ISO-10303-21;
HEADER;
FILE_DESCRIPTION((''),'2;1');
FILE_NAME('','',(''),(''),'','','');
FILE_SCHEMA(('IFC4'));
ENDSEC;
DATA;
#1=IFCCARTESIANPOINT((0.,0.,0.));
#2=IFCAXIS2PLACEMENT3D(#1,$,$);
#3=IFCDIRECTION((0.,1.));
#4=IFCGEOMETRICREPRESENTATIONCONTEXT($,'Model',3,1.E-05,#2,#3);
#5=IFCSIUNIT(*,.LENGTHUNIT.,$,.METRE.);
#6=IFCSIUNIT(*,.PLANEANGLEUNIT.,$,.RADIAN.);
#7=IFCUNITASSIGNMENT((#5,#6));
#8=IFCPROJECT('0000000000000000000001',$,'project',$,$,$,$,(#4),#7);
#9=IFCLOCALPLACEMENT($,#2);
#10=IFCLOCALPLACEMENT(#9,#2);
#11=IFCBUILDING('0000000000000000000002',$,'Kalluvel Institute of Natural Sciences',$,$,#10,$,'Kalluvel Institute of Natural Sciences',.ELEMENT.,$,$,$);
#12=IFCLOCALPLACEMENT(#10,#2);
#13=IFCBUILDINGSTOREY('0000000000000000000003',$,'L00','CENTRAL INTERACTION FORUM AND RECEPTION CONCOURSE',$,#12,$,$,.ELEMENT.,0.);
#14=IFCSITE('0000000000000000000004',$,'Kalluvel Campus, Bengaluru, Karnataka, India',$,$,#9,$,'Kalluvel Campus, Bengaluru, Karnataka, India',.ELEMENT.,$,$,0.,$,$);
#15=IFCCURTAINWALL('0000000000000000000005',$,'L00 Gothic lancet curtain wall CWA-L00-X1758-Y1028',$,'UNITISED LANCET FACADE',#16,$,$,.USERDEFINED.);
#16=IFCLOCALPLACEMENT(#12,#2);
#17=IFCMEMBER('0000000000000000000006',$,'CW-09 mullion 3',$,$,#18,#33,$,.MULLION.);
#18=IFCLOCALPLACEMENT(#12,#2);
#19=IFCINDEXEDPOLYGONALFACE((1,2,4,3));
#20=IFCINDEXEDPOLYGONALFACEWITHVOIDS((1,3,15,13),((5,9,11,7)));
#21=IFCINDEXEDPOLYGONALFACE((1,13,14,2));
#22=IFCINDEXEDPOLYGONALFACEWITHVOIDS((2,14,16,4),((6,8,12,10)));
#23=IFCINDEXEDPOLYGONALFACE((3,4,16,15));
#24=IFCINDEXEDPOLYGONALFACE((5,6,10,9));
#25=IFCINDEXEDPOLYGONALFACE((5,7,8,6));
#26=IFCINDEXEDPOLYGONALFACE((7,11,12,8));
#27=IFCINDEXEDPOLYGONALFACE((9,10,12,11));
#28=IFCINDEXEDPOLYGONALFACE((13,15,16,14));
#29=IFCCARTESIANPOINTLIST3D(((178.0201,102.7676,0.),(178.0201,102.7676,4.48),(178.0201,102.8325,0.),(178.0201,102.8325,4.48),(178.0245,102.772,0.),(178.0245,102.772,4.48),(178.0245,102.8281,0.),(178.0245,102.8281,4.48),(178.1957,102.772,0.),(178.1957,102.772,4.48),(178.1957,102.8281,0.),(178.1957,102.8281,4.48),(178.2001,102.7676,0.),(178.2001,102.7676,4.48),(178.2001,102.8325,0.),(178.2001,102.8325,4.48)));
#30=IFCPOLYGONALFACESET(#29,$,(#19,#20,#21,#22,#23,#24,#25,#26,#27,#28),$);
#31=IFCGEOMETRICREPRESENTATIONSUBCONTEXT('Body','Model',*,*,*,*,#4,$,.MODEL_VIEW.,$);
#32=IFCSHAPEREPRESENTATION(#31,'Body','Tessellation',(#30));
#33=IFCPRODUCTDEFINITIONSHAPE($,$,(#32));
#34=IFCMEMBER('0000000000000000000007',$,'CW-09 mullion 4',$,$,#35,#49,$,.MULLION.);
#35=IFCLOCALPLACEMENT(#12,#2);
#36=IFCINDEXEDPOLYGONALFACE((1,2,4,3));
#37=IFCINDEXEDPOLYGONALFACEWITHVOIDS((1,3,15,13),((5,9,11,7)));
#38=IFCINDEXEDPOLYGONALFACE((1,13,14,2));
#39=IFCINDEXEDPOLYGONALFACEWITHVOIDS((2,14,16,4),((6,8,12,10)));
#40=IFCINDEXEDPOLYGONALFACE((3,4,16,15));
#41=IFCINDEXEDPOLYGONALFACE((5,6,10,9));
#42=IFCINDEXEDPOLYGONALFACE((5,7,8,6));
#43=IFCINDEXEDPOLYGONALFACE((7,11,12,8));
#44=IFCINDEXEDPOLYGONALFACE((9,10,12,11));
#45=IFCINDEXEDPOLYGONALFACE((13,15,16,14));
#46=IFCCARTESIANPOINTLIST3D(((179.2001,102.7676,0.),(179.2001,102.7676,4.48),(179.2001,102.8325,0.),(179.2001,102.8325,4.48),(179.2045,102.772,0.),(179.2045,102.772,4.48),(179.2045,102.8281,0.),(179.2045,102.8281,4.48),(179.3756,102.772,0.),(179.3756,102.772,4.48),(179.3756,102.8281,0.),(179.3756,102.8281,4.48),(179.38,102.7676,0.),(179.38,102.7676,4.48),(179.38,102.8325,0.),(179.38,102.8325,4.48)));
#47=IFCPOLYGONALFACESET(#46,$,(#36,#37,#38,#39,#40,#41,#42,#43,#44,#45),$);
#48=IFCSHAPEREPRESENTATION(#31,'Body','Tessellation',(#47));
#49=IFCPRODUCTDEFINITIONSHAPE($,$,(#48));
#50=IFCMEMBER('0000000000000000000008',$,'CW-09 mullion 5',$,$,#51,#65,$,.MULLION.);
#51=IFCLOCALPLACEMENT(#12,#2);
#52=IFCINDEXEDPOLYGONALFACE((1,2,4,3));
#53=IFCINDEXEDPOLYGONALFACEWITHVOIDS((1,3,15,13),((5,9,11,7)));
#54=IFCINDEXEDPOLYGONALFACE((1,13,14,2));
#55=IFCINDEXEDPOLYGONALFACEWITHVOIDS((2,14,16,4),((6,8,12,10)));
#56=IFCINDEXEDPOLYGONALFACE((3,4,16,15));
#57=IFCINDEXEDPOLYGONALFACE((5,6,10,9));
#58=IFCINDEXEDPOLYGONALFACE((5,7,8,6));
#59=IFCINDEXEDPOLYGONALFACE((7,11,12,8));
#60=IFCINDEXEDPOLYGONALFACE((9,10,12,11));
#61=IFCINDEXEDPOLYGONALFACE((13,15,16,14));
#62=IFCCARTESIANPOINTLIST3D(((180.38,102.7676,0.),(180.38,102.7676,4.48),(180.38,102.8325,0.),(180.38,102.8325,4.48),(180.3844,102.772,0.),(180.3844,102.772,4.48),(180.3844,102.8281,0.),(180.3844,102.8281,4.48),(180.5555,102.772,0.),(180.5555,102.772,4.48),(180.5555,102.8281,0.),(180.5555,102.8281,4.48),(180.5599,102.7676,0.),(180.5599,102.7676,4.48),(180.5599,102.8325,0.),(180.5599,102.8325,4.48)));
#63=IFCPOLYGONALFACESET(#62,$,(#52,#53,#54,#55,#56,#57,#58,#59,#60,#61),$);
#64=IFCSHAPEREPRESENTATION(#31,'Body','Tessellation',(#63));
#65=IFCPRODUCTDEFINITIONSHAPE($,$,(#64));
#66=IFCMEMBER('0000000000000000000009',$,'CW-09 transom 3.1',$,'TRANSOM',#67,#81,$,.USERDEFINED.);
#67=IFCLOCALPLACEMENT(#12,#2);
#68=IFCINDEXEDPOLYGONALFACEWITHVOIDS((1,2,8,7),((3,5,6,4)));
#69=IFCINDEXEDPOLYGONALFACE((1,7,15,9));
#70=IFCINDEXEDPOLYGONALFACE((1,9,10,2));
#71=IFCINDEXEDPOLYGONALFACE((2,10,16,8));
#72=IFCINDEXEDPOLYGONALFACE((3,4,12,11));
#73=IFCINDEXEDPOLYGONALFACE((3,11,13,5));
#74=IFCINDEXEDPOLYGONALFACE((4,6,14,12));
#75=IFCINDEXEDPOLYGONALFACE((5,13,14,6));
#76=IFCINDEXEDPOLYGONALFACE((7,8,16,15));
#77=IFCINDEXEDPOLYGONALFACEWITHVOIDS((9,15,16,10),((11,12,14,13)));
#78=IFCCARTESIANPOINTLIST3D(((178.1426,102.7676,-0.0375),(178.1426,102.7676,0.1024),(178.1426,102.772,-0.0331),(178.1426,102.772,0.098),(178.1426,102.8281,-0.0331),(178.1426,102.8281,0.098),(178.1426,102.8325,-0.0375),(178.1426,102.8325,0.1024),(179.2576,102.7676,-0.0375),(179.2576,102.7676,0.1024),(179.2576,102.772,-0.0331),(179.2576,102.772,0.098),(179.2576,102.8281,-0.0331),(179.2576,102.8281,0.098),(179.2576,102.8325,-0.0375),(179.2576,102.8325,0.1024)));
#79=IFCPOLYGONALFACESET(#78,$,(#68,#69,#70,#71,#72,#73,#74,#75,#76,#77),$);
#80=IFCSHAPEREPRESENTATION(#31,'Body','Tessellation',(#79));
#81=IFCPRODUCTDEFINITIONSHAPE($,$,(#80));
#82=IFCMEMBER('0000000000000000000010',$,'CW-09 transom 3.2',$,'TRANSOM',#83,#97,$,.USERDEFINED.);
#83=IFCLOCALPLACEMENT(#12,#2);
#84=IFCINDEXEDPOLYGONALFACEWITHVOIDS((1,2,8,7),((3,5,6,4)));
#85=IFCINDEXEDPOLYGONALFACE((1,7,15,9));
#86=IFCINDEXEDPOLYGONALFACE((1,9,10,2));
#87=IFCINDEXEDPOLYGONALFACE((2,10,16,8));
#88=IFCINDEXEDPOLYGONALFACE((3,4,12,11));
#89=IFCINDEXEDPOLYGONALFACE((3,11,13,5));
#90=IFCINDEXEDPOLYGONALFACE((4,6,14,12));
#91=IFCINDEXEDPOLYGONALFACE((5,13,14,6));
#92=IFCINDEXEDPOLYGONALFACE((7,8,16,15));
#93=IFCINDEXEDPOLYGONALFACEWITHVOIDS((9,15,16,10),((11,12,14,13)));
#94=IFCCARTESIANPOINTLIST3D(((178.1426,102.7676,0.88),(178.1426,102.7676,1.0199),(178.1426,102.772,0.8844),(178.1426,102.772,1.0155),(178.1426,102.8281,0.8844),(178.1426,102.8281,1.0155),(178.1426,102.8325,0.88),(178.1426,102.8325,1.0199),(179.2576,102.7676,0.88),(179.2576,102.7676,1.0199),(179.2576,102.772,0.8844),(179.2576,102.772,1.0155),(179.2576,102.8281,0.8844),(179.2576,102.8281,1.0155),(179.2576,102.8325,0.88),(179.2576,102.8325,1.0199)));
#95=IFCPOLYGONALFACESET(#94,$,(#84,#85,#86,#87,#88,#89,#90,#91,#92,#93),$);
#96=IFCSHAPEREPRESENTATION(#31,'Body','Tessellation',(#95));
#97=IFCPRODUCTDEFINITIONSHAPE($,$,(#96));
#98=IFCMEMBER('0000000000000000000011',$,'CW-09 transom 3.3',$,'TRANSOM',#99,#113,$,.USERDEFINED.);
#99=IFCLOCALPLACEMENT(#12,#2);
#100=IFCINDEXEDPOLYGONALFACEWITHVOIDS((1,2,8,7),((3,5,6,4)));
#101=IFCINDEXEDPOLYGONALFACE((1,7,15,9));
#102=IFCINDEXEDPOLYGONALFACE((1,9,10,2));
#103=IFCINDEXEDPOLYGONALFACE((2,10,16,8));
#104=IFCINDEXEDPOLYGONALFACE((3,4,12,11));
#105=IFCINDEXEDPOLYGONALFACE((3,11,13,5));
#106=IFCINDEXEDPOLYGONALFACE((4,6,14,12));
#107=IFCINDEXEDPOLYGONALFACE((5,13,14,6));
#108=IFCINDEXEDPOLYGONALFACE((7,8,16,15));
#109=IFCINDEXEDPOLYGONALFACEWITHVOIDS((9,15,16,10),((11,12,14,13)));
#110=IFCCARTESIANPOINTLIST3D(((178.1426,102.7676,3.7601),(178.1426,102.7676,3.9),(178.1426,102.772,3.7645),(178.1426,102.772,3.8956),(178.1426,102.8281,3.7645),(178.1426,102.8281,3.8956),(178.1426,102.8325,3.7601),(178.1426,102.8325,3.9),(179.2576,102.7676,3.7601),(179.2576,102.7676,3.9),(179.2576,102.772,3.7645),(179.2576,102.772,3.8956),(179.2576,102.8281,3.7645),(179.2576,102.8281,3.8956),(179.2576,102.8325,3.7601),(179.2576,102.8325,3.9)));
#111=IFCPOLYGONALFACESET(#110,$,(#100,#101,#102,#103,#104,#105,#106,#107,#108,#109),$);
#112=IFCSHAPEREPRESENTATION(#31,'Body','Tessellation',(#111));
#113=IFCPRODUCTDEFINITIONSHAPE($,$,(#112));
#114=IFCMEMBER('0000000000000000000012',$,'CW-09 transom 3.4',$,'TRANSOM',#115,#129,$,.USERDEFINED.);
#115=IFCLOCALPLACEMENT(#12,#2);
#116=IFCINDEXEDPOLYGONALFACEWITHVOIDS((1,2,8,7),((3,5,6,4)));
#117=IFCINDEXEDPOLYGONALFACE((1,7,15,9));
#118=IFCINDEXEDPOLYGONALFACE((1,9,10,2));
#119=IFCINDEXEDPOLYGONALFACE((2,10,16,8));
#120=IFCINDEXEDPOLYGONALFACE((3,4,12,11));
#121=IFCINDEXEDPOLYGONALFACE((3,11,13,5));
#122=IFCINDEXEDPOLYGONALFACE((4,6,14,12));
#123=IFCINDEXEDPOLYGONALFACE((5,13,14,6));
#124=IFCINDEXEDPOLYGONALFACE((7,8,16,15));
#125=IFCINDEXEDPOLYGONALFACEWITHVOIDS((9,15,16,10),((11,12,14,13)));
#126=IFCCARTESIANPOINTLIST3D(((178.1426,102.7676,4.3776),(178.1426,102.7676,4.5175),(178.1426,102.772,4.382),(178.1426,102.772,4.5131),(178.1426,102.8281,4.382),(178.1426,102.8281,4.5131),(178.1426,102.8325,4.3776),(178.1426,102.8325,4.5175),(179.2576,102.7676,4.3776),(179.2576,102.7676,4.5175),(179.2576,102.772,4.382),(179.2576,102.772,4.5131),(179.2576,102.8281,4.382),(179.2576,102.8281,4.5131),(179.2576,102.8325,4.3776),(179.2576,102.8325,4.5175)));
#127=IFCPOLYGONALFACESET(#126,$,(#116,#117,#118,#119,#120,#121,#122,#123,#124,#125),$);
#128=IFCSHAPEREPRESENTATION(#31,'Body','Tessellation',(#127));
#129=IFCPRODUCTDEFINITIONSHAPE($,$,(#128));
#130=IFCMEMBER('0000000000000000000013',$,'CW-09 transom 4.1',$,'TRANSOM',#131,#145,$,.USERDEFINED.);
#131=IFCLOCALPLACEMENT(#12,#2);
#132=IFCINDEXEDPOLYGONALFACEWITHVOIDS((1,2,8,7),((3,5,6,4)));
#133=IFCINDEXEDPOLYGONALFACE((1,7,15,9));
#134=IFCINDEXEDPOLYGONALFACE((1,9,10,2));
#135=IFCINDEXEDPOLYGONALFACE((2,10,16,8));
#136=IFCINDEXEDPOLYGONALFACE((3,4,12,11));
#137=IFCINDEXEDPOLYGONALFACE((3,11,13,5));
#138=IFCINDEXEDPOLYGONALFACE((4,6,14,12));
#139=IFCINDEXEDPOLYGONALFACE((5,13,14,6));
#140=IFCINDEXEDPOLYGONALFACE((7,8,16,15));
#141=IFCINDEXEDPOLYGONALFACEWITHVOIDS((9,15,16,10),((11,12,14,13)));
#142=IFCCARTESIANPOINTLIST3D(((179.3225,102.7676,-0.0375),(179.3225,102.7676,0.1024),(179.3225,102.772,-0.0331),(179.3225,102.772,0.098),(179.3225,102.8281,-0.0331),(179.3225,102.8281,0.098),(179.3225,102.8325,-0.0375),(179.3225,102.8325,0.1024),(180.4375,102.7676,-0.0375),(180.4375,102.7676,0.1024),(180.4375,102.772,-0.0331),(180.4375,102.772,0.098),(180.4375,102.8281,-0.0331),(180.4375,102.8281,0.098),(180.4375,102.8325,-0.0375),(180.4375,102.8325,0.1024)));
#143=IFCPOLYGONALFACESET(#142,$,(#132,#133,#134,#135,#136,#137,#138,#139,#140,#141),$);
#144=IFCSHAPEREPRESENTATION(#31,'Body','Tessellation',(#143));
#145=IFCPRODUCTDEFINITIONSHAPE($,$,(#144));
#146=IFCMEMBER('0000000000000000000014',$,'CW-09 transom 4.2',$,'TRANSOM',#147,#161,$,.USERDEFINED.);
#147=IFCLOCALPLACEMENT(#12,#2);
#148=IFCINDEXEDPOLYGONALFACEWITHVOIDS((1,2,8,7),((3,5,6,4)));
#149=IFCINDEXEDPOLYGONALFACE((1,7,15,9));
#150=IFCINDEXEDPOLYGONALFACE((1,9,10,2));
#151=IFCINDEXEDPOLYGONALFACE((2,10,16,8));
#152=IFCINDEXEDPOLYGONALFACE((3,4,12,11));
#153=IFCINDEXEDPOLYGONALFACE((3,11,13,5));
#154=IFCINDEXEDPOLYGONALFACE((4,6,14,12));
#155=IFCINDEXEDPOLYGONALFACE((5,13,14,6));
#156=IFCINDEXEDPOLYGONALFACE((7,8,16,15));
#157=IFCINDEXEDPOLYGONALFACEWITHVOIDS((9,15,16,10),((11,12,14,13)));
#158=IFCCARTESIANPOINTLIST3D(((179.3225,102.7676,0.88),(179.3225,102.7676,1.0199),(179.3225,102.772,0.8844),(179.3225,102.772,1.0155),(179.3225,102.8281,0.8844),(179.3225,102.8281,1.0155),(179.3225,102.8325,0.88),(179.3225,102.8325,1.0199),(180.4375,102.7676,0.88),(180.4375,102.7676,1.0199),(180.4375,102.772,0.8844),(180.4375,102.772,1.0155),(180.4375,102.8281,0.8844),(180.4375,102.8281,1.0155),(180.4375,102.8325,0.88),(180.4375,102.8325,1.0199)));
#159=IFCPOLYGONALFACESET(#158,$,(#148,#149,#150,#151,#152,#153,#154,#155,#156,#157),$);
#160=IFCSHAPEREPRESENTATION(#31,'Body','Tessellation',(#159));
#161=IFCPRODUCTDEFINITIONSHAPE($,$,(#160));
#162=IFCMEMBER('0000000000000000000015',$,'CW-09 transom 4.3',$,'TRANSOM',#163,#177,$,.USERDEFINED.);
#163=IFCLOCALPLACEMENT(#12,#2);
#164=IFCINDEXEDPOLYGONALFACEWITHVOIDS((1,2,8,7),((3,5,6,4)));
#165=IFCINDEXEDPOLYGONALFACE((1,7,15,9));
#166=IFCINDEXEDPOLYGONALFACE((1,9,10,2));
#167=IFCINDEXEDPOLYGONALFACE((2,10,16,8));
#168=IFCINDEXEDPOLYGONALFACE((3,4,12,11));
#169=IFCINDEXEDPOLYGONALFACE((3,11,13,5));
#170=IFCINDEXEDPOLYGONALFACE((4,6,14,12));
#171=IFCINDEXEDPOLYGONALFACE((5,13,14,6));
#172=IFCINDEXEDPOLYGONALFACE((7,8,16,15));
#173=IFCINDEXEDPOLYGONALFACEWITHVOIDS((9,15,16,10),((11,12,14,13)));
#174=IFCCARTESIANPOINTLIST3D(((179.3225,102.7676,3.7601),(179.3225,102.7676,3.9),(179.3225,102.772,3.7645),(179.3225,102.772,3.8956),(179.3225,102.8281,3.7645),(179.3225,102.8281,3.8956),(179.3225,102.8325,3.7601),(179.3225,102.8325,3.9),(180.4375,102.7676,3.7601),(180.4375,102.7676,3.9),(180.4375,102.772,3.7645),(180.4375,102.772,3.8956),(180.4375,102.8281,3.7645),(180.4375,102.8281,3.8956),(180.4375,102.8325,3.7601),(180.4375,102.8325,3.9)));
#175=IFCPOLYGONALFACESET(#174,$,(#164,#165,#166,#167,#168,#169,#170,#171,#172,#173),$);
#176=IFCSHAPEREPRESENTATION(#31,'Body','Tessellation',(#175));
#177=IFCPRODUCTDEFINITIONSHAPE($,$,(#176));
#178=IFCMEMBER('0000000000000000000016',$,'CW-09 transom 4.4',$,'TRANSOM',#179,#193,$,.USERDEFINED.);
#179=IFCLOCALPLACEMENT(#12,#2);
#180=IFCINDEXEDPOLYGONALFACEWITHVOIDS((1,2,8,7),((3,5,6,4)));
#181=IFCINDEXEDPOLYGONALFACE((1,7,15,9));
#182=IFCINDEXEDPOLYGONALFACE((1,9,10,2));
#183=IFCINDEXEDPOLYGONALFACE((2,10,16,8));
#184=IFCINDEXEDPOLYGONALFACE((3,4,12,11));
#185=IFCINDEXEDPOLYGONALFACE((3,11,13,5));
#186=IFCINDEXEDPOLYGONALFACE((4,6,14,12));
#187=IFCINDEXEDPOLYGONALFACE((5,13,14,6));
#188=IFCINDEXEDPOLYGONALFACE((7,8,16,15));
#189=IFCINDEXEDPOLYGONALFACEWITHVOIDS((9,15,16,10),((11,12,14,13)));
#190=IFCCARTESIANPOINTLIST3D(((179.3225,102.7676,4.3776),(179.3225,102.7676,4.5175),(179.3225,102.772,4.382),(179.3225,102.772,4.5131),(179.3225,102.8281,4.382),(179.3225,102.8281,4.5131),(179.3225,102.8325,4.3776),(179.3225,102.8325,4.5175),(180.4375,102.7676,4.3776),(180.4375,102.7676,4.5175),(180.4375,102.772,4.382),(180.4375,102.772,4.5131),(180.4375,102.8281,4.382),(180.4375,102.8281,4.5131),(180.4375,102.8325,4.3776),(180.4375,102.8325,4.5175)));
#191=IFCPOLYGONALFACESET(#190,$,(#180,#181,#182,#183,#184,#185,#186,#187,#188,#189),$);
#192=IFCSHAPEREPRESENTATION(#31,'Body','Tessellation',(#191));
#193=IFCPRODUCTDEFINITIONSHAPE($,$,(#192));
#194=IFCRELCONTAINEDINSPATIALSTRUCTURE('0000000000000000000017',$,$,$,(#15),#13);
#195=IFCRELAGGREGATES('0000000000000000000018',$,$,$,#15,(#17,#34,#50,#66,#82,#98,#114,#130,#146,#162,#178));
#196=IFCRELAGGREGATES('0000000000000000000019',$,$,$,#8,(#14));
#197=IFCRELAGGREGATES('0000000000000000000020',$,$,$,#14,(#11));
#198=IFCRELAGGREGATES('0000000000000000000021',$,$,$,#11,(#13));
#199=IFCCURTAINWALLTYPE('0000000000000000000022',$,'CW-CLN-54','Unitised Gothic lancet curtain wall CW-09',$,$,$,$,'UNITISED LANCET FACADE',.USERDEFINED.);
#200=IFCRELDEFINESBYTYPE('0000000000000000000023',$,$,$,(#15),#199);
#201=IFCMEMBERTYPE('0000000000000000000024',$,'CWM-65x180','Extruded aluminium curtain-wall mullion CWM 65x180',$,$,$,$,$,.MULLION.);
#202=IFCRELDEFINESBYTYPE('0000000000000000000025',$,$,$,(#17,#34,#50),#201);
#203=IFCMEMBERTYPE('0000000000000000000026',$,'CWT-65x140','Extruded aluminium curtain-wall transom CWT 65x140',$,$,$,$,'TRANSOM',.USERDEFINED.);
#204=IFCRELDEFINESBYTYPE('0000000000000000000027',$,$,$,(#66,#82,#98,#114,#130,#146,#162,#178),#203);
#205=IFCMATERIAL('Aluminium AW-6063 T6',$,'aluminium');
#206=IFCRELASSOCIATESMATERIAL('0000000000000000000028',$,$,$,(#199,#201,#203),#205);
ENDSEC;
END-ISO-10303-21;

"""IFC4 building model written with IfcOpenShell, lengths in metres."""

from ifc_helpers import new_model, si_unit, direction, frame, origin, origin_2d, place, context, subcontext, project, spatial, hollow_rectangle, extrude, material, material_profile, profile_set, type_object, element, aggregate, save


model = new_model("IFC4")

# Units and contexts
model_context = context("Model", 3, precision=1e-05, world=origin(), true_north=direction((0.0, 1.0)))
body_context = subcontext(model_context, "Body", "Model", "MODEL_VIEW")
ifc_project = project(units=[si_unit("LENGTHUNIT", "METRE"), si_unit("PLANEANGLEUNIT", "RADIAN")], contexts=[model_context])

# Site, building, storey
site_placement = place(None, origin())
site = spatial("IfcSite", under=ifc_project, at=site_placement, Name="Kalluvel Campus, Bengaluru, Karnataka, India", LongName="Kalluvel Campus, Bengaluru, Karnataka, India", CompositionType="ELEMENT", RefElevation=0.0)
building_placement = place(site_placement, origin())
building = spatial("IfcBuilding", under=site, at=building_placement, Name="Kalluvel Institute of Natural Sciences", LongName="Kalluvel Institute of Natural Sciences", CompositionType="ELEMENT")
storey_placement = place(building_placement, origin())
storey = spatial("IfcBuildingStorey", under=building, at=storey_placement, Name="L00", Description="CENTRAL INTERACTION FORUM AND RECEPTION CONCOURSE", CompositionType="ELEMENT", Elevation=0.0)

# Curtain wall, members
ifc_material_1 = material(Name="Aluminium AW-6063 T6", Category="aluminium")
curtain_wall_type = type_object("IfcCurtainWallType", Name="CW-CLN-54", Description="Unitised Gothic lancet curtain wall CW-09", ElementType="UNITISED LANCET FACADE", PredefinedType="USERDEFINED", material=ifc_material_1)
curtain_wall_placement = place(storey_placement, origin())
curtain_wall = element("IfcCurtainWall", 1, at=curtain_wall_placement, inside=storey, type_object=curtain_wall_type, Name="L00 Gothic lancet curtain wall CWA-L00-X1758-Y1028", ObjectType="UNITISED LANCET FACADE", PredefinedType="USERDEFINED")
ifc_material_profile_1 = material_profile(ifc_material_1, hollow_rectangle(XDim=0.0649, YDim=0.1799, WallThickness=0.0044, at=origin_2d()), Name="CWM 65x180")
ifc_profile_set_1 = profile_set([ifc_material_profile_1], Name="Aluminium AW-6063 T6")
member_type_1 = type_object("IfcMemberType", Name="CWM-65x180", Description="Extruded aluminium curtain-wall mullion CWM 65x180", PredefinedType="MULLION", material=ifc_profile_set_1)
member_1_placement = place(storey_placement, frame((178.1101, 102.8, 0.0), z_axis=(0.0, 0.0, 1.0), x_axis=(0.0, 1.0, 0.0)))
member_1 = element("IfcMember", 2, at=member_1_placement, type_object=member_type_1, Name="CW-09 mullion 3", PredefinedType="MULLION", context=body_context, shape_type="SweptSolid", body=[
    extrude(hollow_rectangle(XDim=0.0649, YDim=0.1799, WallThickness=0.0044, at=origin_2d()), origin(), (0.0, 0.0, 1.0), 4.48),
])
member_2_placement = place(storey_placement, frame((179.29, 102.8, 0.0), z_axis=(0.0, 0.0, 1.0), x_axis=(0.0, 1.0, 0.0)))
member_2 = element("IfcMember", 3, at=member_2_placement, type_object=member_type_1, Name="CW-09 mullion 4", PredefinedType="MULLION", context=body_context, shape_type="SweptSolid", body=[
    extrude(hollow_rectangle(XDim=0.0649, YDim=0.1799, WallThickness=0.0044, at=origin_2d()), origin(), (0.0, 0.0, 1.0), 4.48),
])
member_3_placement = place(storey_placement, frame((180.47, 102.8, 0.0), z_axis=(0.0, 0.0, 1.0), x_axis=(0.0, 1.0, 0.0)))
member_3 = element("IfcMember", 4, at=member_3_placement, type_object=member_type_1, Name="CW-09 mullion 5", PredefinedType="MULLION", context=body_context, shape_type="SweptSolid", body=[
    extrude(hollow_rectangle(XDim=0.0649, YDim=0.1799, WallThickness=0.0044, at=origin_2d()), origin(), (0.0, 0.0, 1.0), 4.48),
])
ifc_material_profile_2 = material_profile(ifc_material_1, hollow_rectangle(XDim=0.0649, YDim=0.1399, WallThickness=0.0044, at=origin_2d()), Name="CWT 65x140")
ifc_profile_set_2 = profile_set([ifc_material_profile_2], Name="Aluminium AW-6063 T6")
member_type_2 = type_object("IfcMemberType", Name="CWT-65x140", Description="Extruded aluminium curtain-wall transom CWT 65x140", ElementType="TRANSOM", PredefinedType="USERDEFINED", material=ifc_profile_set_2)
member_4_placement = place(storey_placement, frame((178.1426, 102.8, 0.0325), z_axis=(1.0, 0.0, 0.0), x_axis=(0.0, 1.0, 0.0)))
member_4 = element("IfcMember", 5, at=member_4_placement, type_object=member_type_2, Name="CW-09 transom 3.1", ObjectType="TRANSOM", PredefinedType="USERDEFINED", context=body_context, shape_type="SweptSolid", body=[
    extrude(hollow_rectangle(XDim=0.0649, YDim=0.1399, WallThickness=0.0044, at=origin_2d()), origin(), (0.0, 0.0, 1.0), 1.115),
])
member_5_placement = place(storey_placement, frame((178.1426, 102.8, 0.95), z_axis=(1.0, 0.0, 0.0), x_axis=(0.0, 1.0, 0.0)))
member_5 = element("IfcMember", 6, at=member_5_placement, type_object=member_type_2, Name="CW-09 transom 3.2", ObjectType="TRANSOM", PredefinedType="USERDEFINED", context=body_context, shape_type="SweptSolid", body=[
    extrude(hollow_rectangle(XDim=0.0649, YDim=0.1399, WallThickness=0.0044, at=origin_2d()), origin(), (0.0, 0.0, 1.0), 1.115),
])
member_6_placement = place(storey_placement, frame((178.1426, 102.8, 3.8301), z_axis=(1.0, 0.0, 0.0), x_axis=(0.0, 1.0, 0.0)))
member_6 = element("IfcMember", 7, at=member_6_placement, type_object=member_type_2, Name="CW-09 transom 3.3", ObjectType="TRANSOM", PredefinedType="USERDEFINED", context=body_context, shape_type="SweptSolid", body=[
    extrude(hollow_rectangle(XDim=0.0649, YDim=0.1399, WallThickness=0.0044, at=origin_2d()), origin(), (0.0, 0.0, 1.0), 1.115),
])
member_7_placement = place(storey_placement, frame((178.1426, 102.8, 4.4475), z_axis=(1.0, 0.0, 0.0), x_axis=(0.0, 1.0, 0.0)))
member_7 = element("IfcMember", 8, at=member_7_placement, type_object=member_type_2, Name="CW-09 transom 3.4", ObjectType="TRANSOM", PredefinedType="USERDEFINED", context=body_context, shape_type="SweptSolid", body=[
    extrude(hollow_rectangle(XDim=0.0649, YDim=0.1399, WallThickness=0.0044, at=origin_2d()), origin(), (0.0, 0.0, 1.0), 1.115),
])
member_8_placement = place(storey_placement, frame((179.3225, 102.8, 0.0325), z_axis=(1.0, 0.0, 0.0), x_axis=(0.0, 1.0, 0.0)))
member_8 = element("IfcMember", 9, at=member_8_placement, type_object=member_type_2, Name="CW-09 transom 4.1", ObjectType="TRANSOM", PredefinedType="USERDEFINED", context=body_context, shape_type="SweptSolid", body=[
    extrude(hollow_rectangle(XDim=0.0649, YDim=0.1399, WallThickness=0.0044, at=origin_2d()), origin(), (0.0, 0.0, 1.0), 1.115),
])
member_9_placement = place(storey_placement, frame((179.3225, 102.8, 0.95), z_axis=(1.0, 0.0, 0.0), x_axis=(0.0, 1.0, 0.0)))
member_9 = element("IfcMember", 10, at=member_9_placement, type_object=member_type_2, Name="CW-09 transom 4.2", ObjectType="TRANSOM", PredefinedType="USERDEFINED", context=body_context, shape_type="SweptSolid", body=[
    extrude(hollow_rectangle(XDim=0.0649, YDim=0.1399, WallThickness=0.0044, at=origin_2d()), origin(), (0.0, 0.0, 1.0), 1.115),
])
member_10_placement = place(storey_placement, frame((179.3225, 102.8, 3.8301), z_axis=(1.0, 0.0, 0.0), x_axis=(0.0, 1.0, 0.0)))
member_10 = element("IfcMember", 11, at=member_10_placement, type_object=member_type_2, Name="CW-09 transom 4.3", ObjectType="TRANSOM", PredefinedType="USERDEFINED", context=body_context, shape_type="SweptSolid", body=[
    extrude(hollow_rectangle(XDim=0.0649, YDim=0.1399, WallThickness=0.0044, at=origin_2d()), origin(), (0.0, 0.0, 1.0), 1.115),
])
member_11_placement = place(storey_placement, frame((179.3225, 102.8, 4.4475), z_axis=(1.0, 0.0, 0.0), x_axis=(0.0, 1.0, 0.0)))
member_11 = element("IfcMember", 12, at=member_11_placement, type_object=member_type_2, Name="CW-09 transom 4.4", ObjectType="TRANSOM", PredefinedType="USERDEFINED", context=body_context, shape_type="SweptSolid", body=[
    extrude(hollow_rectangle(XDim=0.0649, YDim=0.1399, WallThickness=0.0044, at=origin_2d()), origin(), (0.0, 0.0, 1.0), 1.115),
])
aggregate(curtain_wall, [member_1, member_2, member_3, member_4, member_5, member_6, member_7, member_8, member_9, member_10, member_11])

save(model, "model.ifc")
